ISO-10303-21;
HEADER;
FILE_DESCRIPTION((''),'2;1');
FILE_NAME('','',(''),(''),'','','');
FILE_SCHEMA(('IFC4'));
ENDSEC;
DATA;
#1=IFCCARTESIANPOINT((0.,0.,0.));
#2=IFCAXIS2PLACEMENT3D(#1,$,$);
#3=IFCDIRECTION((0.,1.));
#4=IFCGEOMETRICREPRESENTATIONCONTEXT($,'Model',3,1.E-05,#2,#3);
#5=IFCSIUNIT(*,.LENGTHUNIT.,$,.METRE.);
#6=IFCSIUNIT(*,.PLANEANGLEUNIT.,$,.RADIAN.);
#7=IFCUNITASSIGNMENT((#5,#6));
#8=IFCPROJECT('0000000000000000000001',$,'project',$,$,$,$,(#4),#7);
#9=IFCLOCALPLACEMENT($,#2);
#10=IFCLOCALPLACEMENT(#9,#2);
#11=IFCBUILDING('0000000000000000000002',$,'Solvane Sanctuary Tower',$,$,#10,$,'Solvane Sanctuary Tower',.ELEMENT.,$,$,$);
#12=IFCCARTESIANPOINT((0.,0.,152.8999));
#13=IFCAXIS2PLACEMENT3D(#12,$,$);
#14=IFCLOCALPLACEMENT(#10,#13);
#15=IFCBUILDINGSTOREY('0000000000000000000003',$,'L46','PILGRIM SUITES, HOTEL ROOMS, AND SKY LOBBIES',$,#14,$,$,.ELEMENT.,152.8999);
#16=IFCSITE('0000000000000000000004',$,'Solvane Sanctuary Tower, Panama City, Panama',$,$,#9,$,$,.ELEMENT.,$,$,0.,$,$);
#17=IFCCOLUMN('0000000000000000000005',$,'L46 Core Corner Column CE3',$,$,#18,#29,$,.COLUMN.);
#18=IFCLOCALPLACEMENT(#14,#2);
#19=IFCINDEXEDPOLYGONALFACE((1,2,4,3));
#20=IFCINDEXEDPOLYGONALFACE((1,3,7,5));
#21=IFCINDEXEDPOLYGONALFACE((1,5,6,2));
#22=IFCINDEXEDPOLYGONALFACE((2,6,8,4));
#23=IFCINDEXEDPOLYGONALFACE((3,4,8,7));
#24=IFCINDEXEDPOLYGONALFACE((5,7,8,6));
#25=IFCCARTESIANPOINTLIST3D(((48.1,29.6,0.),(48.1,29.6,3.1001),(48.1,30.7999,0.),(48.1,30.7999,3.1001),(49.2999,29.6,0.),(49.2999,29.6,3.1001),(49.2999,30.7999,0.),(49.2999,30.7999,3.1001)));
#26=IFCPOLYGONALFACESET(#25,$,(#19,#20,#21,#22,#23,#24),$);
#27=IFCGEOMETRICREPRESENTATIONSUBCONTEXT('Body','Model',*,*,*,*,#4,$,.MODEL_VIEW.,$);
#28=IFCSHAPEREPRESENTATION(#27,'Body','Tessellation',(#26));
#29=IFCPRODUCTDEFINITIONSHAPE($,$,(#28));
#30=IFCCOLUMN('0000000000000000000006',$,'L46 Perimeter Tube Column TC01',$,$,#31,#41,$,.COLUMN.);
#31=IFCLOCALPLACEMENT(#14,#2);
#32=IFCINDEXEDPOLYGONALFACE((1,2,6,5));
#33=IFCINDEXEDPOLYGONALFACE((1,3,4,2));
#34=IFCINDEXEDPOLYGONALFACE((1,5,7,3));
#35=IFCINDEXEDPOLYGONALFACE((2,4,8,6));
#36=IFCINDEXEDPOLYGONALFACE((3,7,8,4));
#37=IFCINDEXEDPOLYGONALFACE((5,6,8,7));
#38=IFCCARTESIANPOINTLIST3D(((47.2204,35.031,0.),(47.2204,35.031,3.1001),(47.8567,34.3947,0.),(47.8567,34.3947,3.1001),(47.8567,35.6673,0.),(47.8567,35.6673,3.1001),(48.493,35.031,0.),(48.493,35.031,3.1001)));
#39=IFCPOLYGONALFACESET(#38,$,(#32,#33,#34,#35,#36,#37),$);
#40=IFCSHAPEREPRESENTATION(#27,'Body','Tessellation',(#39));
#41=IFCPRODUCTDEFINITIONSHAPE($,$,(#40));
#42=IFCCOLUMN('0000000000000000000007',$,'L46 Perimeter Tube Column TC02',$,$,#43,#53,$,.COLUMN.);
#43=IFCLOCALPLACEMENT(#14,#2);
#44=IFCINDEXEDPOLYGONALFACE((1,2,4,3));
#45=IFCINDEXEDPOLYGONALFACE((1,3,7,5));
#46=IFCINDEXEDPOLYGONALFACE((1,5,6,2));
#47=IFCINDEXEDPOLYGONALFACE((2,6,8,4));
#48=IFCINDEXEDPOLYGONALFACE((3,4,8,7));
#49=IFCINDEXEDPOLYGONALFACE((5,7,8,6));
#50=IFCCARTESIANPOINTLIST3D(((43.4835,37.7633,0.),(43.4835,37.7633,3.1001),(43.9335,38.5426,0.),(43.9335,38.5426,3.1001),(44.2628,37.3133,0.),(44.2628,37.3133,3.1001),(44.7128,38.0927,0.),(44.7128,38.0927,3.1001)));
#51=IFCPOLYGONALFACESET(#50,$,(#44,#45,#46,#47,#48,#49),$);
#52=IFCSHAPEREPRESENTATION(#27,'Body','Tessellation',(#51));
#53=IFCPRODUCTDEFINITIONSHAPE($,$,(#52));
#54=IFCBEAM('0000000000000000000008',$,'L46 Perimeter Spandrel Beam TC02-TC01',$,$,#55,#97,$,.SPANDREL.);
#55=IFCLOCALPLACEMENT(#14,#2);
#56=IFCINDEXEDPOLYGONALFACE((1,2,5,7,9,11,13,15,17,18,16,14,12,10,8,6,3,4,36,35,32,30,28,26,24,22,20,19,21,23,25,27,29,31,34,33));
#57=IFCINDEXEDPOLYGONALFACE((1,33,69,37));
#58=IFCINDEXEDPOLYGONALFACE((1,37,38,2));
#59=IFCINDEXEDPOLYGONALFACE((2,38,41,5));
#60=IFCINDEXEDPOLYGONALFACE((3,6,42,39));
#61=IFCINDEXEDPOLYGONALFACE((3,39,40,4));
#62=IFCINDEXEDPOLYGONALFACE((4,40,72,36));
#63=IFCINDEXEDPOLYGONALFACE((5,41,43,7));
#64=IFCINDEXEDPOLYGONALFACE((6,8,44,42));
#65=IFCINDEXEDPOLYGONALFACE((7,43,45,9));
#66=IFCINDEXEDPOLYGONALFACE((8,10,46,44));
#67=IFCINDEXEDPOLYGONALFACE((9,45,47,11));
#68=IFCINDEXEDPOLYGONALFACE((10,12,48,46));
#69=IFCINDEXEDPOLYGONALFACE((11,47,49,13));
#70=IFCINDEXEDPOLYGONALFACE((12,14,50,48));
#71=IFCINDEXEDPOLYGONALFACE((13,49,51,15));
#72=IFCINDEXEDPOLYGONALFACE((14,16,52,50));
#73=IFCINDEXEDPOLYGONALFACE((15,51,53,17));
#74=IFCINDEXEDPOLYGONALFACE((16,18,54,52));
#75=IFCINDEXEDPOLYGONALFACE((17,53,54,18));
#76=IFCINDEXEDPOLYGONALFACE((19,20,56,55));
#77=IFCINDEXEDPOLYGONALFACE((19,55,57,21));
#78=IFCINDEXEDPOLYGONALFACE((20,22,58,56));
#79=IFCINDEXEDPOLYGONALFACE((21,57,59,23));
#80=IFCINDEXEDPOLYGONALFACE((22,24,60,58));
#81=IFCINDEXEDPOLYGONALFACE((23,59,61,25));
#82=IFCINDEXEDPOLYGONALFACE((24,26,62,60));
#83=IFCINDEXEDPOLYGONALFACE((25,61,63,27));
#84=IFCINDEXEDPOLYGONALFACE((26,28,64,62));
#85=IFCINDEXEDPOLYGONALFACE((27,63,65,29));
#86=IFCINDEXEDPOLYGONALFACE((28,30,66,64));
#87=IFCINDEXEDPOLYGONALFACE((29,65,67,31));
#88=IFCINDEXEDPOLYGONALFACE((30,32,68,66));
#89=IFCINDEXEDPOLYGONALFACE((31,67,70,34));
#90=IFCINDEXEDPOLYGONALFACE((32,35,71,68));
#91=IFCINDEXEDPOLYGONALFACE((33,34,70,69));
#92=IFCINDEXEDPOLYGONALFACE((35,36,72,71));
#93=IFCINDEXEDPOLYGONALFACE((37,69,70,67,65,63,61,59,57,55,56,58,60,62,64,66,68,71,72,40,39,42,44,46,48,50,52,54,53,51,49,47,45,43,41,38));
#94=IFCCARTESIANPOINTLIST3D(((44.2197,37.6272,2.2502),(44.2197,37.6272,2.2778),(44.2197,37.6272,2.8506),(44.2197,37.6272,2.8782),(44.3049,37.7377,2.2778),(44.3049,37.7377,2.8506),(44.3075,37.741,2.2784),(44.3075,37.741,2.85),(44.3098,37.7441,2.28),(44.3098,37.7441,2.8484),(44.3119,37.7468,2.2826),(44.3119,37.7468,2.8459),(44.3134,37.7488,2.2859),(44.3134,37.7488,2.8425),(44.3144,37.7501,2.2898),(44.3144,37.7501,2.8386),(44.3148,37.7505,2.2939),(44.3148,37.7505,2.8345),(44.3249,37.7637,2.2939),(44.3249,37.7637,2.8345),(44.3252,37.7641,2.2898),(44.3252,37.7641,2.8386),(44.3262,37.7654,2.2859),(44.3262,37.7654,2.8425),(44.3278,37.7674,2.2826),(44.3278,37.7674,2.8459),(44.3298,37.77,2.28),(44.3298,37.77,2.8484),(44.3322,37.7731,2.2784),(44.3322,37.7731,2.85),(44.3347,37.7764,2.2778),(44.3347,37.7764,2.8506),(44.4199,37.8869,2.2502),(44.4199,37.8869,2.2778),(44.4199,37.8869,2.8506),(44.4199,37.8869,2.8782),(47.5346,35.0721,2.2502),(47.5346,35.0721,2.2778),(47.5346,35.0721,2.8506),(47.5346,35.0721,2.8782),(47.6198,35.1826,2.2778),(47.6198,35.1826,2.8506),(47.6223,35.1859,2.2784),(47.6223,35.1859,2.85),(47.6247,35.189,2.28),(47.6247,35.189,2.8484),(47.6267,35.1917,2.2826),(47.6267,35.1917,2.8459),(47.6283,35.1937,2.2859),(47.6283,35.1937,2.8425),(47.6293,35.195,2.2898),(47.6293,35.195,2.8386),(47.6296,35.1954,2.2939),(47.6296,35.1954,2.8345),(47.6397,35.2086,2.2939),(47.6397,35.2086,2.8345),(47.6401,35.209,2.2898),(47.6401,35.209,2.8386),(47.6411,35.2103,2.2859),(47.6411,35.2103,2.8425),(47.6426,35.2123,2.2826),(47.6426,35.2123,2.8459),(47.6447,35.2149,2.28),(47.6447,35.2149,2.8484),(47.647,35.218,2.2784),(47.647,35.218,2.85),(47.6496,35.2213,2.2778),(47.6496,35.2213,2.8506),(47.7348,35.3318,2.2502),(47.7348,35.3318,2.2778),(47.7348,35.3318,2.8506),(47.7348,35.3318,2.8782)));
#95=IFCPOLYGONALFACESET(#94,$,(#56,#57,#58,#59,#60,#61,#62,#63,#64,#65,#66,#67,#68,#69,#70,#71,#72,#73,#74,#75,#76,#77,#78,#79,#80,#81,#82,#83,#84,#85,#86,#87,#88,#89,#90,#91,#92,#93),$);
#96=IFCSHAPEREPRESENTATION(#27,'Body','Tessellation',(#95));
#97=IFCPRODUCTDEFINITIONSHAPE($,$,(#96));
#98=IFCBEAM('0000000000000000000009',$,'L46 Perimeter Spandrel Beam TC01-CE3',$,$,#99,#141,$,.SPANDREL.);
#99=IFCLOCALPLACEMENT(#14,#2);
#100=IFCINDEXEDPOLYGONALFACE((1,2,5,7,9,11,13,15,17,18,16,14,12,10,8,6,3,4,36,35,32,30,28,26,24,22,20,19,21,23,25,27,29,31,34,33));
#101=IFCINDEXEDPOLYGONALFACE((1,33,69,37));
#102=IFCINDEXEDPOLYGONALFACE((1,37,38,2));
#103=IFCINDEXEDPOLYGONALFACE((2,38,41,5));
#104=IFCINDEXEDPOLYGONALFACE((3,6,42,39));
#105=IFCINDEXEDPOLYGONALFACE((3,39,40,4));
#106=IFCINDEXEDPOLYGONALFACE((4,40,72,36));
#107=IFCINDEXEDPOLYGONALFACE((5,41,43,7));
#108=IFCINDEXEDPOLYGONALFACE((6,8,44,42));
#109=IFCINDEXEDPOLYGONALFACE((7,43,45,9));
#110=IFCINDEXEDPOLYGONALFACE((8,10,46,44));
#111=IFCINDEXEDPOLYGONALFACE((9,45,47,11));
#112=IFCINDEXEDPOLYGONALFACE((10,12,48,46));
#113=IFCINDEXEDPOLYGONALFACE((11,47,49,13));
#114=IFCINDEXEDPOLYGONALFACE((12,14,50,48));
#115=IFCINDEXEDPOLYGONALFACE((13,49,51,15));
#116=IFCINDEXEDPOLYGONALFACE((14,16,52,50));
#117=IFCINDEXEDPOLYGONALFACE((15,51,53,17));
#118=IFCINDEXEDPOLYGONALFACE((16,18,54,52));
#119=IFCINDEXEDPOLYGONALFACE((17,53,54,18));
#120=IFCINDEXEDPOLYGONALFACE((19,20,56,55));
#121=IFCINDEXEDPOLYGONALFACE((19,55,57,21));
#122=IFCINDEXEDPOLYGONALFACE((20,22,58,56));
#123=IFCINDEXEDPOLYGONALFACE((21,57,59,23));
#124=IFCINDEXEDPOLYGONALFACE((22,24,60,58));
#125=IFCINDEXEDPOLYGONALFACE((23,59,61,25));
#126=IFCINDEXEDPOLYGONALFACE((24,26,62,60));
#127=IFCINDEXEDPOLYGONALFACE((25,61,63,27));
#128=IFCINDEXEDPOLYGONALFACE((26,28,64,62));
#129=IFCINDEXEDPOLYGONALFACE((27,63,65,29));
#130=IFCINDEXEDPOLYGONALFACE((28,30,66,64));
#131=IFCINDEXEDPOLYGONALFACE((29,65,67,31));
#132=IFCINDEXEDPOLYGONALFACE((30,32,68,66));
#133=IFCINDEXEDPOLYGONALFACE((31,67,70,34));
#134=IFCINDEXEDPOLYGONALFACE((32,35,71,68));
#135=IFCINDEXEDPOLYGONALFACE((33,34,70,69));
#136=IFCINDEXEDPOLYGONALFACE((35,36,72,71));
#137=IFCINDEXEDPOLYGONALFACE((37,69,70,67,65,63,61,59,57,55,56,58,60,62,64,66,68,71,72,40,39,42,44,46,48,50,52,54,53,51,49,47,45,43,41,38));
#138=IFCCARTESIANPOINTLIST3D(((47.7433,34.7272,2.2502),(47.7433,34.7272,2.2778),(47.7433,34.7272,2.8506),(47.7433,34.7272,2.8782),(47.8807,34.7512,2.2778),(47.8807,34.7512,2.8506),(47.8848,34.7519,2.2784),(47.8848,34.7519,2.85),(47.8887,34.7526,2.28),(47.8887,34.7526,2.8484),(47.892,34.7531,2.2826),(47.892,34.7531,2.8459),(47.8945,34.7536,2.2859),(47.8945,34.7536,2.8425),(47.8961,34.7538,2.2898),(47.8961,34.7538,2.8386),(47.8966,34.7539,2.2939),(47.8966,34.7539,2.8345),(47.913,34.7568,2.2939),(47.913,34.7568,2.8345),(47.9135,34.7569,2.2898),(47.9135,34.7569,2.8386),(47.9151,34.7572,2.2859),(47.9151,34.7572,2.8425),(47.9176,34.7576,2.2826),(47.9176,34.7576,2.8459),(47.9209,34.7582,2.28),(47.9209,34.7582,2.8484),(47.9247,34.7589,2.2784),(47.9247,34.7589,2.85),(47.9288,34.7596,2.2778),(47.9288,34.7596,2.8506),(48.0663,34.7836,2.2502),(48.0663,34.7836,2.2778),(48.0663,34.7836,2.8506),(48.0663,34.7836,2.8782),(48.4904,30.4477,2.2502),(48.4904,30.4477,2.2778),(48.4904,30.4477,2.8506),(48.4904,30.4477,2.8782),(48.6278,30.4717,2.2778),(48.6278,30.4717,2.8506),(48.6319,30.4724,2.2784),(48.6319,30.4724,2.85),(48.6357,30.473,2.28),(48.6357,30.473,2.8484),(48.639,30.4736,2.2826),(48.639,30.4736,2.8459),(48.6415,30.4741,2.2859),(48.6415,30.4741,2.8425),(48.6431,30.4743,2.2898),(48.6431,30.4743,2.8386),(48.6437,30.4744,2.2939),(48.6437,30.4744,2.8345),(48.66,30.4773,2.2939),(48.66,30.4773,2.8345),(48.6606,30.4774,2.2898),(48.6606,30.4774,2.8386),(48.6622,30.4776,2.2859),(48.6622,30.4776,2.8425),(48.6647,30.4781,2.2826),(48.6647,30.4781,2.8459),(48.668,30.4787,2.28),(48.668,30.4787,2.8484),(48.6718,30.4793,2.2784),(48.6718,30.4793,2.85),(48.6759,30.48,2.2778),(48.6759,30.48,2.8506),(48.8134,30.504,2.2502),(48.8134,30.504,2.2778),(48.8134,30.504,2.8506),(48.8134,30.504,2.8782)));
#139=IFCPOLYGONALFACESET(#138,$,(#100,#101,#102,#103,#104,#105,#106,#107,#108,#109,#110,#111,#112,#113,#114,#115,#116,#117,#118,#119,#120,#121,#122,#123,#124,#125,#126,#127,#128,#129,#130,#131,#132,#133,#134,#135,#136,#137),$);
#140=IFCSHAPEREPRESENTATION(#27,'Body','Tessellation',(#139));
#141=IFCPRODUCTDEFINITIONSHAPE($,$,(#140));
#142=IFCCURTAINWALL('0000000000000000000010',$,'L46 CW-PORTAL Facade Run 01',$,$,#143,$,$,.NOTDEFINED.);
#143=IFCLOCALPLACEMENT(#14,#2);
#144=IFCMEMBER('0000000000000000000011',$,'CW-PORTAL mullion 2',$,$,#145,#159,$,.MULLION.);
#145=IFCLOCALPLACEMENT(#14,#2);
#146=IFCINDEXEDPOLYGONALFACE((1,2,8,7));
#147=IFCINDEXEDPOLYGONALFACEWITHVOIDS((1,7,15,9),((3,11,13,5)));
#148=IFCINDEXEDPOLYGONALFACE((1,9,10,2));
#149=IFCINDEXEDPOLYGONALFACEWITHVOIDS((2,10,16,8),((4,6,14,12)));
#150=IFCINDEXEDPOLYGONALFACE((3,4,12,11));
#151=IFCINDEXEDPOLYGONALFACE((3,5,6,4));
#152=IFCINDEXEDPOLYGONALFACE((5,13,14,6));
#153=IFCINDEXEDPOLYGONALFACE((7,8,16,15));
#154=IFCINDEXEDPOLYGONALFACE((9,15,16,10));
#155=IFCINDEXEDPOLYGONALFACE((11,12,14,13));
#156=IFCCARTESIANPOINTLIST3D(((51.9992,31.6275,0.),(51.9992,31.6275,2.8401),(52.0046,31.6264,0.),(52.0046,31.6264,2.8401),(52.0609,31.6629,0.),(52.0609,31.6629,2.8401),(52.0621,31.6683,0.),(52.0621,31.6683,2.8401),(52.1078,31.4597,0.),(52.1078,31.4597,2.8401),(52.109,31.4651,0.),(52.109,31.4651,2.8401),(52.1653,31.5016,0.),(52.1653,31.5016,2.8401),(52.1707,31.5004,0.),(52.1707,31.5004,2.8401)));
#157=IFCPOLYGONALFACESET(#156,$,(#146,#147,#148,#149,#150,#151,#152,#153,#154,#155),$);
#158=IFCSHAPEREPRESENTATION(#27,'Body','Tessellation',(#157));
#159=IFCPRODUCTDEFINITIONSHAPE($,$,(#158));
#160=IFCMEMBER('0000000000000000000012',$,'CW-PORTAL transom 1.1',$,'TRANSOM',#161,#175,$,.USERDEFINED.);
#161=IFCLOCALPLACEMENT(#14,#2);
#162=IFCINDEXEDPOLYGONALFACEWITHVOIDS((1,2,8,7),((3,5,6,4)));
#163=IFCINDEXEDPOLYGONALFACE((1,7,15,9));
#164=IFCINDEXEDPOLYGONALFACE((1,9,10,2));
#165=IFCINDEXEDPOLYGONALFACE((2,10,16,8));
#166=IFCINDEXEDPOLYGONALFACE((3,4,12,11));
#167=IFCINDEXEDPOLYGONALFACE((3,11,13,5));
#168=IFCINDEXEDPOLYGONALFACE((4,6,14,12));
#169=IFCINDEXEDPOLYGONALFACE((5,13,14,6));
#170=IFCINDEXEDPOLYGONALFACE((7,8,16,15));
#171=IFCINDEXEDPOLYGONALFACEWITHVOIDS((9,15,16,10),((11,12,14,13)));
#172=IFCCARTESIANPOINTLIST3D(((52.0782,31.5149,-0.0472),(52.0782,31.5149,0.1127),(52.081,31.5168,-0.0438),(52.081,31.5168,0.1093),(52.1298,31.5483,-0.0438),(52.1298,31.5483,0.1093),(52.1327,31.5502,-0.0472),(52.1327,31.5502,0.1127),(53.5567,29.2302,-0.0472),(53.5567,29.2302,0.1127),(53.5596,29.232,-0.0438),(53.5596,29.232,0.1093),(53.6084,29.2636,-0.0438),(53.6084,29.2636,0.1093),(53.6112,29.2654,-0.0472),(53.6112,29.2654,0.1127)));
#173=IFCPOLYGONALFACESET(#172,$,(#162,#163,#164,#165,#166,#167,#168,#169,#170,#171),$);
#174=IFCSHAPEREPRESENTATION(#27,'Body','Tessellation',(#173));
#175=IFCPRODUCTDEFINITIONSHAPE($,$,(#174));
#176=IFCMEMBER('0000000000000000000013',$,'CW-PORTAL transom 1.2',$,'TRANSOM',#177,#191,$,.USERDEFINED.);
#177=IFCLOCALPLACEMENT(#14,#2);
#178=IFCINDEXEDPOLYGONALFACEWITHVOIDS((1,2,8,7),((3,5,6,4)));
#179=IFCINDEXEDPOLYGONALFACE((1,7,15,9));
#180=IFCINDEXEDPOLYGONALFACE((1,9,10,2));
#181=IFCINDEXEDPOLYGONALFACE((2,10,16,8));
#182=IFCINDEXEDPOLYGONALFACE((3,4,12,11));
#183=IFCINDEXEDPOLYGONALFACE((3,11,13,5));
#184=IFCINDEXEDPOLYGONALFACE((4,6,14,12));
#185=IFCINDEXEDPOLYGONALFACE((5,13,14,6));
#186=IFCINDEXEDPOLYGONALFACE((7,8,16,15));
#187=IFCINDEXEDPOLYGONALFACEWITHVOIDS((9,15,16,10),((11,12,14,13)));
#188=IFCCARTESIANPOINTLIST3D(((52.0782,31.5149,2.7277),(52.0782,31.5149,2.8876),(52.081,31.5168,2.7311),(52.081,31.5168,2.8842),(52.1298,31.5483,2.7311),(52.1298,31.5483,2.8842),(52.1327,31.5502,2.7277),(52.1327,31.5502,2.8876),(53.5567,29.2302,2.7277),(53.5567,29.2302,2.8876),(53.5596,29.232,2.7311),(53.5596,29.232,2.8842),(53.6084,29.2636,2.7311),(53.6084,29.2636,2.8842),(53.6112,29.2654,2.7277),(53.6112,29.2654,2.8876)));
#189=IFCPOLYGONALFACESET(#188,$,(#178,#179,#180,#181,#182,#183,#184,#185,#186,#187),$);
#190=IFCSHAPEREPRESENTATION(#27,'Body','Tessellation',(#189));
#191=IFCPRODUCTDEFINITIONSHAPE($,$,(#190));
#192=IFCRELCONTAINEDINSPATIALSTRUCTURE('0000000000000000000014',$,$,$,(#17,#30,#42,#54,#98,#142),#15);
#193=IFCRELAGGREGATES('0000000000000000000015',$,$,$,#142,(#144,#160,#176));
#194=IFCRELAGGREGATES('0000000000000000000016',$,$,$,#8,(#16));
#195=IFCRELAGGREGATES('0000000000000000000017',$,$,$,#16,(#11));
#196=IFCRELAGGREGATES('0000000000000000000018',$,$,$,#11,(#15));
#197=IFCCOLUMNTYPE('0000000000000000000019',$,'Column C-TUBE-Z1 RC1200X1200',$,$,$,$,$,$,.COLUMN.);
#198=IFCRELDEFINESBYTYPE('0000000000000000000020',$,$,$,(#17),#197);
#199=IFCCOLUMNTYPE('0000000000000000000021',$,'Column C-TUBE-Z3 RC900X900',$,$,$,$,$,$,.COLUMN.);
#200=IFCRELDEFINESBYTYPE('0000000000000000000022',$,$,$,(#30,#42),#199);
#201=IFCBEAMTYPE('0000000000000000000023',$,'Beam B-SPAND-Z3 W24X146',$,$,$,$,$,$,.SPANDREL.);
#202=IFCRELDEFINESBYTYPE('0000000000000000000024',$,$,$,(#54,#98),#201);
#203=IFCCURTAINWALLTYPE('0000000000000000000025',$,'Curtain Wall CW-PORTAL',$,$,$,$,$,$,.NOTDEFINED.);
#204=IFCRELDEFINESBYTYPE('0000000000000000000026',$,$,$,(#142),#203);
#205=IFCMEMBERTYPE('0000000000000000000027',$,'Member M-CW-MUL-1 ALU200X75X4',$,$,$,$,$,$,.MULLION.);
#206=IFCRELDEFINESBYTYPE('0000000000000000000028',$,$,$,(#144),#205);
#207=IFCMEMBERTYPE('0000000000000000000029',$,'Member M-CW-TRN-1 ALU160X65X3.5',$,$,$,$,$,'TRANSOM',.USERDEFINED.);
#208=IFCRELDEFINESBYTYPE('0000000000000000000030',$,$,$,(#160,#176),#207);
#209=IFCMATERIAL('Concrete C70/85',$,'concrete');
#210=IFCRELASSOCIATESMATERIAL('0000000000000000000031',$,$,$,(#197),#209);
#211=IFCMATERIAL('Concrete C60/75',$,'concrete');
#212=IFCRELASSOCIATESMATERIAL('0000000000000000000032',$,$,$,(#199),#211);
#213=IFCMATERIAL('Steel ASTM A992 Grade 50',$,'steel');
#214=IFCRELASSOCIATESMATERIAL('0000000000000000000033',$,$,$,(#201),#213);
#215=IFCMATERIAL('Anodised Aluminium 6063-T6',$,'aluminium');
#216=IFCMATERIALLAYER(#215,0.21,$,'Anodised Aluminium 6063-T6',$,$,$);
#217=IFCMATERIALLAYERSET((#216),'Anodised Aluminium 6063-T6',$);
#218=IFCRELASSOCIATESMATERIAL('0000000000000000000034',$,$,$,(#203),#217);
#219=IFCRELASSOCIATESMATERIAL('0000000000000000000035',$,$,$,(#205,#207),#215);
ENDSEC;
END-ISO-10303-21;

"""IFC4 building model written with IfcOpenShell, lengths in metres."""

from ifc_helpers import new_model, si_unit, direction, frame, origin, origin_2d, place, context, subcontext, project, spatial, rectangle, hollow_rectangle, i_section, extrude, material, layer, layer_set, material_profile, profile_set, type_object, element, aggregate, save


model = new_model("IFC4")

# Units and contexts
model_context = context("Model", 3, precision=1e-05, world=origin(), true_north=direction((0.0, 1.0)))
body_context = subcontext(model_context, "Body", "Model", "MODEL_VIEW")
ifc_project = project(units=[si_unit("LENGTHUNIT", "METRE"), si_unit("PLANEANGLEUNIT", "RADIAN")], contexts=[model_context])

# Site, building, storey
site_placement = place(None, origin())
site = spatial("IfcSite", under=ifc_project, at=site_placement, Name="Solvane Sanctuary Tower, Panama City, Panama", CompositionType="ELEMENT", RefElevation=0.0)
building_placement = place(site_placement, origin())
building = spatial("IfcBuilding", under=site, at=building_placement, Name="Solvane Sanctuary Tower", LongName="Solvane Sanctuary Tower", CompositionType="ELEMENT")
storey_placement = place(building_placement, frame((0.0, 0.0, 152.8999)))
storey = spatial("IfcBuildingStorey", under=building, at=storey_placement, Name="L46", Description="PILGRIM SUITES, HOTEL ROOMS, AND SKY LOBBIES", CompositionType="ELEMENT", Elevation=152.8999)

# Columns
ifc_material_1 = material(Name="Concrete C70/85", Category="concrete")
ifc_material_profile_1 = material_profile(ifc_material_1, rectangle(XDim=1.2, YDim=1.2, at=origin_2d()), Name="RC1200X1200")
ifc_profile_set_1 = profile_set([ifc_material_profile_1], Name="Concrete C70/85")
column_type_1 = type_object("IfcColumnType", Name="Column C-TUBE-Z1 RC1200X1200", PredefinedType="COLUMN", material=ifc_profile_set_1)
column_placement = place(storey_placement, frame((48.7, 30.2, 0.0), z_axis=(0.0, 0.0, 1.0), x_axis=(1.0, 0.0, 0.0)))
element("IfcColumn", 1, at=column_placement, inside=storey, type_object=column_type_1, Name="L46 Core Corner Column CE3", PredefinedType="COLUMN", context=body_context, shape_type="SweptSolid", body=[
    extrude(rectangle(XDim=1.2, YDim=1.2, at=origin_2d()), origin(), (0.0, 0.0, 1.0), 3.1001),
])
ifc_material_2 = material(Name="Concrete C60/75", Category="concrete")
ifc_material_profile_2 = material_profile(ifc_material_2, rectangle(XDim=0.8999, YDim=0.8999, at=origin_2d()), Name="RC900X900")
ifc_profile_set_2 = profile_set([ifc_material_profile_2], Name="Concrete C60/75")
column_type_2 = type_object("IfcColumnType", Name="Column C-TUBE-Z3 RC900X900", PredefinedType="COLUMN", material=ifc_profile_set_2)
for number, where, z_axis, x_axis, name in (
    (2, (47.8567, 35.031, 0.0), (0.0, 0.0, 1.0), (0.707107, 0.707107, 0.0), "L46 Perimeter Tube Column TC01"),
    (3, (44.0981, 37.928, 0.0), (0.0, 0.0, 1.0), (0.5, 0.866025, 0.0), "L46 Perimeter Tube Column TC02"),
):
    element("IfcColumn", number, at=place(storey_placement, frame(where, z_axis=z_axis, x_axis=x_axis)), inside=storey, type_object=column_type_2, Name=name, PredefinedType="COLUMN", context=body_context, shape_type="SweptSolid", body=[
        extrude(rectangle(XDim=0.8999, YDim=0.8999, at=origin_2d()), origin(), (0.0, 0.0, 1.0), 3.1001),
    ])

# Beams
ifc_material_3 = material(Name="Steel ASTM A992 Grade 50", Category="steel")
ifc_material_profile_3 = material_profile(ifc_material_3, i_section(OverallWidth=0.3279, OverallDepth=0.6279, WebThickness=0.0166, FlangeThickness=0.0276, FilletRadius=0.0161, at=origin_2d()), Name="W24X146")
ifc_profile_set_3 = profile_set([ifc_material_profile_3], Name="Steel ASTM A992 Grade 50")
beam_type = type_object("IfcBeamType", Name="Beam B-SPAND-Z3 W24X146", PredefinedType="SPANDREL", material=ifc_profile_set_3)
beam_1_placement = place(storey_placement, frame((44.3198, 37.7571, 2.5642), z_axis=(0.792021, -0.610494, 0.0), x_axis=(0.610494, 0.792021, 0.0)))
element("IfcBeam", 4, at=beam_1_placement, inside=storey, type_object=beam_type, Name="L46 Perimeter Spandrel Beam TC02-TC01", PredefinedType="SPANDREL", context=body_context, shape_type="SweptSolid", body=[
    extrude(i_section(OverallWidth=0.3279, OverallDepth=0.6279, WebThickness=0.0166, FlangeThickness=0.0276, FilletRadius=0.0161, at=origin_2d()), origin(), (0.0, 0.0, 1.0), 4.1853),
])
beam_2_placement = place(storey_placement, frame((47.9048, 34.7554, 2.5642), z_axis=(0.171967, -0.985103, 0.0), x_axis=(0.985103, 0.171967, 0.0)))
element("IfcBeam", 5, at=beam_2_placement, inside=storey, type_object=beam_type, Name="L46 Perimeter Spandrel Beam TC01-CE3", PredefinedType="SPANDREL", context=body_context, shape_type="SweptSolid", body=[
    extrude(i_section(OverallWidth=0.3279, OverallDepth=0.6279, WebThickness=0.0166, FlangeThickness=0.0276, FilletRadius=0.0161, at=origin_2d()), origin(), (0.0, 0.0, 1.0), 4.3442),
])

# Curtain wall, members
ifc_material_4 = material(Name="Anodised Aluminium 6063-T6", Category="aluminium")
ifc_layer_1 = layer(ifc_material_4, 0.21, Name="Anodised Aluminium 6063-T6")
ifc_layer_set_1 = layer_set([ifc_layer_1], Name="Anodised Aluminium 6063-T6")
curtain_wall_type = type_object("IfcCurtainWallType", Name="Curtain Wall CW-PORTAL", PredefinedType="NOTDEFINED", material=ifc_layer_set_1)
curtain_wall_placement = place(storey_placement, origin())
curtain_wall = element("IfcCurtainWall", 6, at=curtain_wall_placement, inside=storey, type_object=curtain_wall_type, Name="L46 CW-PORTAL Facade Run 01", PredefinedType="NOTDEFINED")
ifc_material_profile_4 = material_profile(ifc_material_4, hollow_rectangle(XDim=0.075, YDim=0.2, WallThickness=0.0039, at=origin_2d()), Name="ALU200X75X4")
ifc_profile_set_4 = profile_set([ifc_material_profile_4], Name="Anodised Aluminium 6063-T6")
member_type_1 = type_object("IfcMemberType", Name="Member M-CW-MUL-1 ALU200X75X4", PredefinedType="MULLION", material=ifc_profile_set_4)
member_1_placement = place(storey_placement, frame((52.085, 31.564, 0.0), z_axis=(0.0, 0.0, 1.0), x_axis=(-0.839512, -0.543341, 0.0)))
member_1 = element("IfcMember", 7, at=member_1_placement, type_object=member_type_1, Name="CW-PORTAL mullion 2", PredefinedType="MULLION", context=body_context, shape_type="SweptSolid", body=[
    extrude(hollow_rectangle(XDim=0.075, YDim=0.2, WallThickness=0.0039, at=origin_2d()), origin(), (0.0, 0.0, 1.0), 2.8401),
])
ifc_material_profile_5 = material_profile(ifc_material_4, hollow_rectangle(XDim=0.0649, YDim=0.1599, WallThickness=0.0034, at=origin_2d()), Name="ALU160X65X3.5")
ifc_profile_set_5 = profile_set([ifc_material_profile_5], Name="Anodised Aluminium 6063-T6")
member_type_2 = type_object("IfcMemberType", Name="Member M-CW-TRN-1 ALU160X65X3.5", ElementType="TRANSOM", PredefinedType="USERDEFINED", material=ifc_profile_set_5)
member_2_placement = place(storey_placement, frame((53.584, 29.2478, 0.0327), z_axis=(-0.543303, 0.839536, 0.0), x_axis=(-0.839536, -0.543303, 0.0)))
member_2 = element("IfcMember", 8, at=member_2_placement, type_object=member_type_2, Name="CW-PORTAL transom 1.1", ObjectType="TRANSOM", PredefinedType="USERDEFINED", context=body_context, shape_type="SweptSolid", body=[
    extrude(hollow_rectangle(XDim=0.0649, YDim=0.1599, WallThickness=0.0034, at=origin_2d()), origin(), (0.0, 0.0, 1.0), 2.7214),
])
member_3_placement = place(storey_placement, frame((53.584, 29.2478, 2.8076), z_axis=(-0.543303, 0.839536, 0.0), x_axis=(-0.839536, -0.543303, 0.0)))
member_3 = element("IfcMember", 9, at=member_3_placement, type_object=member_type_2, Name="CW-PORTAL transom 1.2", ObjectType="TRANSOM", PredefinedType="USERDEFINED", context=body_context, shape_type="SweptSolid", body=[
    extrude(hollow_rectangle(XDim=0.0649, YDim=0.1599, WallThickness=0.0034, at=origin_2d()), origin(), (0.0, 0.0, 1.0), 2.7214),
])

aggregate(curtain_wall, [member_1, member_2, member_3])

save(model, "model.ifc")
